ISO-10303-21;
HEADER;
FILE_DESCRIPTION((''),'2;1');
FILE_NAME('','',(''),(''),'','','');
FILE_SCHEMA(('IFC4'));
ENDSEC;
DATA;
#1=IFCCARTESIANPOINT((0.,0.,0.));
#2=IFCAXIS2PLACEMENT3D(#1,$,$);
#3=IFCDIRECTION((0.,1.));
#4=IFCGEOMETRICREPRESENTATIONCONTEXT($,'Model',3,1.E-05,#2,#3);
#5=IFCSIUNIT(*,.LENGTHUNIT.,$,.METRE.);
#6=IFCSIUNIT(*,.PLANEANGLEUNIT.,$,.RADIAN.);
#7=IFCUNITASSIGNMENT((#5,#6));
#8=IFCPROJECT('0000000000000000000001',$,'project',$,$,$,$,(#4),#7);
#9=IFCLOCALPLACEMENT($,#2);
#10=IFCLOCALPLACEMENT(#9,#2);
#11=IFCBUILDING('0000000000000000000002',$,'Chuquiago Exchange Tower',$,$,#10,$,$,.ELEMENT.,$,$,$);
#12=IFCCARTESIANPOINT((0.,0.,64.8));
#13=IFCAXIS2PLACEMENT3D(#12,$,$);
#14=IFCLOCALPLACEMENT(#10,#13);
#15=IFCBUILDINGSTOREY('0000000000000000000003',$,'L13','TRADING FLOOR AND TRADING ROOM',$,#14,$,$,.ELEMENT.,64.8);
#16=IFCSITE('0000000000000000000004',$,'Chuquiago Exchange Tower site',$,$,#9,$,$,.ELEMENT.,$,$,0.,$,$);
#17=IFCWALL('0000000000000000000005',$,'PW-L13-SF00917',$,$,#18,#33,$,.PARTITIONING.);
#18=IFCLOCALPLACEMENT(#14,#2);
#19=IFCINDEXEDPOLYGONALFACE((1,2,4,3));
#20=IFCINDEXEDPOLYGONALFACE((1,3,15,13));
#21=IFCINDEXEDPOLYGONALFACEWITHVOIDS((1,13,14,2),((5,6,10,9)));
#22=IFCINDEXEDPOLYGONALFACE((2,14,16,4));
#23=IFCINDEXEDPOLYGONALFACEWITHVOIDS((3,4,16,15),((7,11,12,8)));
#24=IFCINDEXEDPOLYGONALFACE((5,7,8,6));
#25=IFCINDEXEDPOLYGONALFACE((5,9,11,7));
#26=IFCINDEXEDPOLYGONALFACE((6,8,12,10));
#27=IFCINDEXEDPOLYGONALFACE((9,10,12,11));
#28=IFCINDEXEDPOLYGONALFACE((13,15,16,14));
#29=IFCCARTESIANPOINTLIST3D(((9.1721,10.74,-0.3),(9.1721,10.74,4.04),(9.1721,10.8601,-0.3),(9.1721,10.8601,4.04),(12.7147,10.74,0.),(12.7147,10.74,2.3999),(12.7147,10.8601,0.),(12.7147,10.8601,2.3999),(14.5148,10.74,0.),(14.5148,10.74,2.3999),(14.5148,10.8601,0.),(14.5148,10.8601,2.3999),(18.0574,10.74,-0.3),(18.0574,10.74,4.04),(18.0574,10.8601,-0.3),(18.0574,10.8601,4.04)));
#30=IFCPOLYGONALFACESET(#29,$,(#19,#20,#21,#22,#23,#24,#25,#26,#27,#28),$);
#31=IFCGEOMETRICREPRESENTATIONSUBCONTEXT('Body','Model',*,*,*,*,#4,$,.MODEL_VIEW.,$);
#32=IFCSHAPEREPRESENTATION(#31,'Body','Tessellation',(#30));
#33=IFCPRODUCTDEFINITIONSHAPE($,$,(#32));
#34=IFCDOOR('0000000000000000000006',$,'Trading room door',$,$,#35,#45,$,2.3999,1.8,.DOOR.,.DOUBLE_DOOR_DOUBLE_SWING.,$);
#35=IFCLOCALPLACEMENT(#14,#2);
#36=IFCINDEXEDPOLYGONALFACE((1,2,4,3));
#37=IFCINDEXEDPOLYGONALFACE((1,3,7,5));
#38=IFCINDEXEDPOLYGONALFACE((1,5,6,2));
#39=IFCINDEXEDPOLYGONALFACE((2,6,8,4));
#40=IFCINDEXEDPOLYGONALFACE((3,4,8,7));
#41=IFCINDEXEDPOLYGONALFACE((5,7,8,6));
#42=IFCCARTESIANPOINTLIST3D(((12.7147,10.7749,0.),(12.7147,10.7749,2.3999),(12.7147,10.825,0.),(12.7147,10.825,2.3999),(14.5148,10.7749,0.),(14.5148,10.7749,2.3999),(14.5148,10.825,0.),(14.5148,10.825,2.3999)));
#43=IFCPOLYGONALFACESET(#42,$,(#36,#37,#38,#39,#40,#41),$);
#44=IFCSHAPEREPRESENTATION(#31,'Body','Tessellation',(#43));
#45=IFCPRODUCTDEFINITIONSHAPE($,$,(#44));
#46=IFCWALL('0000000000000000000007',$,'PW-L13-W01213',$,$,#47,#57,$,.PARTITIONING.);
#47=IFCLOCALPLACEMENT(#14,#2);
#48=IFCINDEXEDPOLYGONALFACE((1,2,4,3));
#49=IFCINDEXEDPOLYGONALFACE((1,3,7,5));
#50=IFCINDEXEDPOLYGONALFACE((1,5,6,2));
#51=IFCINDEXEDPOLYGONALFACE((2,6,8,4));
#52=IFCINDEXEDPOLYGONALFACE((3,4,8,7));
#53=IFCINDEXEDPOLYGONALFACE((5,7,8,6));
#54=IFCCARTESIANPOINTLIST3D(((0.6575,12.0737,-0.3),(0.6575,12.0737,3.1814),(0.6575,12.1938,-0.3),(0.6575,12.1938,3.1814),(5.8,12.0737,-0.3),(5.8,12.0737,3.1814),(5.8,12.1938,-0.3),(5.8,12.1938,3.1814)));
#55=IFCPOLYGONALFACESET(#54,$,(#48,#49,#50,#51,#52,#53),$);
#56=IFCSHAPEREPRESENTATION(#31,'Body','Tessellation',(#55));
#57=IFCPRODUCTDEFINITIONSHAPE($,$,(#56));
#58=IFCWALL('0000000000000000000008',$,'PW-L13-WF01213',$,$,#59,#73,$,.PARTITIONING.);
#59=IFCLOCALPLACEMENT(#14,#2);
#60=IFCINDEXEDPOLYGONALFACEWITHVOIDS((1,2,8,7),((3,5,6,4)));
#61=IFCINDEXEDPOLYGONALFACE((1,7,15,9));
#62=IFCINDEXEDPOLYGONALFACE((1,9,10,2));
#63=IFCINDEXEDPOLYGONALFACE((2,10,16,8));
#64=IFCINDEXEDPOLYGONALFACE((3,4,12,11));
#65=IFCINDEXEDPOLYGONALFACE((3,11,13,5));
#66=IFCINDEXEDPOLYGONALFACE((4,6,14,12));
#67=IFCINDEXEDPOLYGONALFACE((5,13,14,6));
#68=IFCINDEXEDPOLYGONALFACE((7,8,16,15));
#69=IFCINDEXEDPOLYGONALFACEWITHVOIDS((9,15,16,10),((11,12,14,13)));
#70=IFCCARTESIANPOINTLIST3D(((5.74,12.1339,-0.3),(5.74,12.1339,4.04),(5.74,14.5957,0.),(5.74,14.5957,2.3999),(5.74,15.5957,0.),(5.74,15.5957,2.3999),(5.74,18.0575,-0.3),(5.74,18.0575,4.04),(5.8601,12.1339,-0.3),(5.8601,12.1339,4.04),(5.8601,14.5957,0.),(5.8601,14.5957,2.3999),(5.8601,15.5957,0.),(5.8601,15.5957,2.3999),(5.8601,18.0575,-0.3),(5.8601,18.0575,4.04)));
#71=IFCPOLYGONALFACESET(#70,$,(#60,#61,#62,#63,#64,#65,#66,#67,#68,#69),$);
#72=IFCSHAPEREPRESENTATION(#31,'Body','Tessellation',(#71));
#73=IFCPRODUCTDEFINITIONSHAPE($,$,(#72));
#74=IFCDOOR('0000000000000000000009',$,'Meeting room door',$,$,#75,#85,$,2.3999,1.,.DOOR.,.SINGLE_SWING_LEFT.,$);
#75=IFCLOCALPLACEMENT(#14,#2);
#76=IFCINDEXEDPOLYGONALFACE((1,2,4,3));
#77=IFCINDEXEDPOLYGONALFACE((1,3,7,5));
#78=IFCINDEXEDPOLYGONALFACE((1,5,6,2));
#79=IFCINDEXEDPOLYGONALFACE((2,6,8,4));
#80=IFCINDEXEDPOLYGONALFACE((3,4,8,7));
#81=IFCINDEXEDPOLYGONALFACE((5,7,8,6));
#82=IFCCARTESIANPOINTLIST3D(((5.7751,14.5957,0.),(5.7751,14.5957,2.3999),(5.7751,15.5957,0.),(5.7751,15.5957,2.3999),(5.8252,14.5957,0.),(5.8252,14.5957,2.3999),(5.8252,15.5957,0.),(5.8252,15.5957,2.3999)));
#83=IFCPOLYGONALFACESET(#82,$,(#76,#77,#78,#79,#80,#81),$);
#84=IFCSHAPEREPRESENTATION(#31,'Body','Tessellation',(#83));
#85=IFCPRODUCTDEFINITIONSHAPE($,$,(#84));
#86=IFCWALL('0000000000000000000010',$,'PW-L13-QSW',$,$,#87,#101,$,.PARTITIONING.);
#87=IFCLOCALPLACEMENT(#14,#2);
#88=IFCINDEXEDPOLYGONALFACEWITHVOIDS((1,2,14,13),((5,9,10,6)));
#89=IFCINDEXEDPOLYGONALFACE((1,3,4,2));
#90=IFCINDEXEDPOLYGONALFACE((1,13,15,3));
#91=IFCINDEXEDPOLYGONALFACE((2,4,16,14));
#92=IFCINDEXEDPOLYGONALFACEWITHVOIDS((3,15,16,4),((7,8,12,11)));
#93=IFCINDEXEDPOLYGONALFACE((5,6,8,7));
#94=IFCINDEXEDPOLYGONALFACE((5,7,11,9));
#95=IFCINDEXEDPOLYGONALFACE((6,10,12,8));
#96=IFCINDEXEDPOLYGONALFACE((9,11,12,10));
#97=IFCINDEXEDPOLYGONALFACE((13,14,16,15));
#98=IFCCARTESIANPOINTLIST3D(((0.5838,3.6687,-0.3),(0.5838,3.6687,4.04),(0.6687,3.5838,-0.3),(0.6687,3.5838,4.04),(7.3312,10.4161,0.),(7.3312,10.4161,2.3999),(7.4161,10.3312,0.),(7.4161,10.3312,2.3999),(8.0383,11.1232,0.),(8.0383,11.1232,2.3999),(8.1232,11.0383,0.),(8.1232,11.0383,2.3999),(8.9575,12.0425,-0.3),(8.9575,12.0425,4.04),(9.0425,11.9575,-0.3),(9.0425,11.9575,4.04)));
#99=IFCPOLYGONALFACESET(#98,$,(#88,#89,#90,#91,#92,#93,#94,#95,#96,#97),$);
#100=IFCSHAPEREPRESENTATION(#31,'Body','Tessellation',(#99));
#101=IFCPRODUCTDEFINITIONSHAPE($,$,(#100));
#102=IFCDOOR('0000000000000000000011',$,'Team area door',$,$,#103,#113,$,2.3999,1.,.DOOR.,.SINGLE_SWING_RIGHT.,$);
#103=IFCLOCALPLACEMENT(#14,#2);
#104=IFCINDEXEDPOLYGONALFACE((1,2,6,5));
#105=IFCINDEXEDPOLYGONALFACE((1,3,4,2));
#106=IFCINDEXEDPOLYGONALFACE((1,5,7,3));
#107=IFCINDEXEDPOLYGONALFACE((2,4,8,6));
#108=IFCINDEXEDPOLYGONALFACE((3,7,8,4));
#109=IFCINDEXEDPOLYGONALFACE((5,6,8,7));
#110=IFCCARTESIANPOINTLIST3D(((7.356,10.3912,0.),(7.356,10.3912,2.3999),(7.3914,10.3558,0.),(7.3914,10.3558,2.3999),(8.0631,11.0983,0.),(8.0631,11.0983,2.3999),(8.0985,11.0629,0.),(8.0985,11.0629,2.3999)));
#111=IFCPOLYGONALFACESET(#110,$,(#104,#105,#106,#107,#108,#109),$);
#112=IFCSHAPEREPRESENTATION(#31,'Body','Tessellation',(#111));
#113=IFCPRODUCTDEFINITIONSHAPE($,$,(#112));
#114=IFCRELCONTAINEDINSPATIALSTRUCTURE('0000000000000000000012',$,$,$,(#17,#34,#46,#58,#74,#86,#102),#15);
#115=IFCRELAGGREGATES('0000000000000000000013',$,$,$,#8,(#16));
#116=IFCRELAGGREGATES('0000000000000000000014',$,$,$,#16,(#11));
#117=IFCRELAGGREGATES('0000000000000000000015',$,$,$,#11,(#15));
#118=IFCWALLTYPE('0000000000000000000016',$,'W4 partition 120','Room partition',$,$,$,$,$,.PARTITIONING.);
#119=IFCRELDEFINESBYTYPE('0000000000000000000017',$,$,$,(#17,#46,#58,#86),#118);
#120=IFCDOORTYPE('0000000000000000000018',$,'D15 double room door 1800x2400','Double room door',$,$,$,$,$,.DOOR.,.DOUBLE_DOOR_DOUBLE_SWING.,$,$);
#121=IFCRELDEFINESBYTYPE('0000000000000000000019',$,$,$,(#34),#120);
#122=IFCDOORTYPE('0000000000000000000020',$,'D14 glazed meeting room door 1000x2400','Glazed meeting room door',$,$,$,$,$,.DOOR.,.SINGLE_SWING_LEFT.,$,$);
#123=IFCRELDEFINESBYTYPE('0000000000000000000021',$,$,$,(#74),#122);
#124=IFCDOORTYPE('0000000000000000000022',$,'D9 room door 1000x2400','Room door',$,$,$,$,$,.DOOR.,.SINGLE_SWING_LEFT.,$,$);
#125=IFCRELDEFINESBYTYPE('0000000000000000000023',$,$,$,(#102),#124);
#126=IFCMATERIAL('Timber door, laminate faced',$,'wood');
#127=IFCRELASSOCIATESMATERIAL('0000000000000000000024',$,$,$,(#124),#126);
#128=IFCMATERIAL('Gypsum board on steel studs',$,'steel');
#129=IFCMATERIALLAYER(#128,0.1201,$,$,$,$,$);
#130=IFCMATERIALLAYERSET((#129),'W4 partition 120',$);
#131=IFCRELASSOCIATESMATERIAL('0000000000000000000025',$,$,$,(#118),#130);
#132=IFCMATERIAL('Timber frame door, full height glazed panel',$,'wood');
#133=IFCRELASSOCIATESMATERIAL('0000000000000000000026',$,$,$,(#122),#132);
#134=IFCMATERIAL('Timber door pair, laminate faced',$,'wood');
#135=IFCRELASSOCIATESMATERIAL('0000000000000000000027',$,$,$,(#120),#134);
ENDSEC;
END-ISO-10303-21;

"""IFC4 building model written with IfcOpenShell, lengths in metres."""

from ifc_helpers import new_model, si_unit, direction, frame, frame_2d, origin, place, context, subcontext, project, spatial, rectangle, extrude, material, layer, layer_set, type_object, element, fill, save


model = new_model("IFC4")

# Units and contexts
model_context = context("Model", 3, precision=1e-05, world=origin(), true_north=direction((0.0, 1.0)))
body_context = subcontext(model_context, "Body", "Model", "MODEL_VIEW")
ifc_project = project(units=[si_unit("LENGTHUNIT", "METRE"), si_unit("PLANEANGLEUNIT", "RADIAN")], contexts=[model_context])

# Site, building, storey
site_placement = place(None, origin())
site = spatial("IfcSite", under=ifc_project, at=site_placement, Name="Chuquiago Exchange Tower site", CompositionType="ELEMENT", RefElevation=0.0)
building_placement = place(site_placement, origin())
building = spatial("IfcBuilding", under=site, at=building_placement, Name="Chuquiago Exchange Tower", CompositionType="ELEMENT")
storey_placement = place(building_placement, frame((0.0, 0.0, 64.8)))
storey = spatial("IfcBuildingStorey", under=building, at=storey_placement, Name="L13", Description="TRADING FLOOR AND TRADING ROOM", CompositionType="ELEMENT", Elevation=64.8)

# Wall, opening, door
ifc_material_1 = material(Name="Timber door, laminate faced", Category="wood")
door_type_1 = type_object("IfcDoorType", Name="D9 room door 1000x2400", Description="Room door", OperationType="SINGLE_SWING_LEFT", PredefinedType="DOOR", material=ifc_material_1)
ifc_material_2 = material(Name="Gypsum board on steel studs", Category="steel")
ifc_layer_1 = layer(ifc_material_2, 0.1201)
ifc_layer_set_1 = layer_set([ifc_layer_1], Name="W4 partition 120")
wall_type_1 = type_object("IfcWallType", Name="W4 partition 120", Description="Room partition", PredefinedType="PARTITIONING", material=ifc_layer_set_1)
ifc_material_3 = material(Name="Timber frame door, full height glazed panel", Category="wood")
door_type_2 = type_object("IfcDoorType", Name="D14 glazed meeting room door 1000x2400", Description="Glazed meeting room door", OperationType="SINGLE_SWING_LEFT", PredefinedType="DOOR", material=ifc_material_3)
wall_1_placement = place(storey_placement, frame((9.1721, 10.8, -0.3), z_axis=(0.0, 0.0, 1.0), x_axis=(1.0, 0.0, 0.0)))
wall_1 = element("IfcWall", 1, at=wall_1_placement, inside=storey, type_object=wall_type_1, Name="PW-L13-SF00917", PredefinedType="PARTITIONING", context=body_context, shape_type="SweptSolid", body=[
    extrude(rectangle(XDim=8.8853, YDim=0.1201, at=frame_2d((4.4426, 0.0))), origin(), (0.0, 0.0, 1.0), 4.3401),
])
opening_1_placement = place(wall_1_placement, frame((3.5427, 0.0, 0.3)))
opening_1 = element("IfcOpeningElement", 2, at=opening_1_placement, cuts=wall_1, PredefinedType="OPENING", context=body_context, shape_type="SweptSolid", body=[
    extrude(rectangle(XDim=1.8, YDim=2.3999, at=frame_2d((0.8999, 1.2))), frame((0.0, 0.0701, 0.0), z_axis=(0.0, -1.0, 0.0), x_axis=(1.0, 0.0, 0.0)), (0.0, 0.0, 1.0), 0.1401),
])
ifc_material_4 = material(Name="Timber door pair, laminate faced", Category="wood")
door_type_3 = type_object("IfcDoorType", Name="D15 double room door 1800x2400", Description="Double room door", OperationType="DOUBLE_DOOR_DOUBLE_SWING", PredefinedType="DOOR", material=ifc_material_4)
door_1_placement = place(opening_1_placement, origin())
door_1 = element("IfcDoor", 3, at=door_1_placement, inside=storey, type_object=door_type_3, Name="Trading room door", OperationType="DOUBLE_DOOR_DOUBLE_SWING", OverallHeight=2.3999, OverallWidth=1.8, PredefinedType="DOOR", context=body_context, shape_type="SweptSolid", body=[
    extrude(rectangle(XDim=1.8, YDim=2.3999, at=frame_2d((0.8999, 1.2))), frame((0.0, 0.0249, 0.0), z_axis=(0.0, -1.0, 0.0), x_axis=(1.0, 0.0, 0.0)), (0.0, 0.0, 1.0), 0.05),
])
fill(opening_1, door_1)

# Wall
wall_2_placement = place(storey_placement, frame((0.6575, 12.1338, -0.3), z_axis=(0.0, 0.0, 1.0), x_axis=(1.0, 0.0, 0.0)))
element("IfcWall", 4, at=wall_2_placement, inside=storey, type_object=wall_type_1, Name="PW-L13-W01213", PredefinedType="PARTITIONING", context=body_context, shape_type="SweptSolid", body=[
    extrude(rectangle(XDim=5.1426, YDim=0.1201, at=frame_2d((2.5713, 0.0))), origin(), (0.0, 0.0, 1.0), 3.4814),
])

# Walls, openings, doors
wall_3_placement = place(storey_placement, frame((5.8, 12.1338, -0.3), z_axis=(0.0, 0.0, 1.0), x_axis=(0.0, 1.0, 0.0)))
wall_3 = element("IfcWall", 5, at=wall_3_placement, inside=storey, type_object=wall_type_1, Name="PW-L13-WF01213", PredefinedType="PARTITIONING", context=body_context, shape_type="SweptSolid", body=[
    extrude(rectangle(XDim=5.9236, YDim=0.1201, at=frame_2d((2.9619, 0.0))), origin(), (0.0, 0.0, 1.0), 4.3401),
])
opening_2_placement = place(wall_3_placement, frame((2.4619, 0.0, 0.3)))
opening_2 = element("IfcOpeningElement", 6, at=opening_2_placement, cuts=wall_3, PredefinedType="OPENING", context=body_context, shape_type="SweptSolid", body=[
    extrude(rectangle(XDim=1.0, YDim=2.3999, at=frame_2d((0.5, 1.2))), frame((0.0, 0.0701, 0.0), z_axis=(0.0, -1.0, 0.0), x_axis=(1.0, 0.0, 0.0)), (0.0, 0.0, 1.0), 0.1401),
])
door_2_placement = place(opening_2_placement, origin())
door_2 = element("IfcDoor", 7, at=door_2_placement, inside=storey, type_object=door_type_2, Name="Meeting room door", OperationType="SINGLE_SWING_LEFT", OverallHeight=2.3999, OverallWidth=1.0, PredefinedType="DOOR", context=body_context, shape_type="SweptSolid", body=[
    extrude(rectangle(XDim=1.0, YDim=2.3999, at=frame_2d((0.5, 1.2))), frame((0.0, 0.0249, 0.0), z_axis=(0.0, -1.0, 0.0), x_axis=(1.0, 0.0, 0.0)), (0.0, 0.0, 1.0), 0.05),
])
fill(opening_2, door_2)
wall_4_placement = place(storey_placement, frame((9.0, 12.0, -0.3), z_axis=(0.0, 0.0, 1.0), x_axis=(-0.707107, -0.707107, 0.0)))
wall_4 = element("IfcWall", 8, at=wall_4_placement, inside=storey, type_object=wall_type_1, Name="PW-L13-QSW", PredefinedType="PARTITIONING", context=body_context, shape_type="SweptSolid", body=[
    extrude(rectangle(XDim=11.8423, YDim=0.1201, at=frame_2d((5.9211, 0.0))), origin(), (0.0, 0.0, 1.0), 4.3401),
])
opening_3_placement = place(wall_4_placement, frame((1.3, 0.0, 0.3)))
opening_3 = element("IfcOpeningElement", 9, at=opening_3_placement, cuts=wall_4, PredefinedType="OPENING", context=body_context, shape_type="SweptSolid", body=[
    extrude(rectangle(XDim=1.0, YDim=2.3999, at=frame_2d((0.5, 1.2))), frame((0.0, 0.0701, 0.0), z_axis=(0.0, -1.0, 0.0), x_axis=(1.0, 0.0, 0.0)), (0.0, 0.0, 1.0), 0.1401),
])
door_3_placement = place(opening_3_placement, frame((1.0, 0.0, 0.0), z_axis=(0.0, 0.0, 1.0), x_axis=(-1.0, 0.0, 0.0)))
door_3 = element("IfcDoor", 10, at=door_3_placement, inside=storey, type_object=door_type_1, Name="Team area door", OperationType="SINGLE_SWING_RIGHT", OverallHeight=2.3999, OverallWidth=1.0, PredefinedType="DOOR", context=body_context, shape_type="SweptSolid", body=[
    extrude(rectangle(XDim=1.0, YDim=2.3999, at=frame_2d((0.5, 1.2))), frame((0.0, 0.0249, 0.0), z_axis=(0.0, -1.0, 0.0), x_axis=(1.0, 0.0, 0.0)), (0.0, 0.0, 1.0), 0.05),
])
fill(opening_3, door_3)

save(model, "model.ifc")
